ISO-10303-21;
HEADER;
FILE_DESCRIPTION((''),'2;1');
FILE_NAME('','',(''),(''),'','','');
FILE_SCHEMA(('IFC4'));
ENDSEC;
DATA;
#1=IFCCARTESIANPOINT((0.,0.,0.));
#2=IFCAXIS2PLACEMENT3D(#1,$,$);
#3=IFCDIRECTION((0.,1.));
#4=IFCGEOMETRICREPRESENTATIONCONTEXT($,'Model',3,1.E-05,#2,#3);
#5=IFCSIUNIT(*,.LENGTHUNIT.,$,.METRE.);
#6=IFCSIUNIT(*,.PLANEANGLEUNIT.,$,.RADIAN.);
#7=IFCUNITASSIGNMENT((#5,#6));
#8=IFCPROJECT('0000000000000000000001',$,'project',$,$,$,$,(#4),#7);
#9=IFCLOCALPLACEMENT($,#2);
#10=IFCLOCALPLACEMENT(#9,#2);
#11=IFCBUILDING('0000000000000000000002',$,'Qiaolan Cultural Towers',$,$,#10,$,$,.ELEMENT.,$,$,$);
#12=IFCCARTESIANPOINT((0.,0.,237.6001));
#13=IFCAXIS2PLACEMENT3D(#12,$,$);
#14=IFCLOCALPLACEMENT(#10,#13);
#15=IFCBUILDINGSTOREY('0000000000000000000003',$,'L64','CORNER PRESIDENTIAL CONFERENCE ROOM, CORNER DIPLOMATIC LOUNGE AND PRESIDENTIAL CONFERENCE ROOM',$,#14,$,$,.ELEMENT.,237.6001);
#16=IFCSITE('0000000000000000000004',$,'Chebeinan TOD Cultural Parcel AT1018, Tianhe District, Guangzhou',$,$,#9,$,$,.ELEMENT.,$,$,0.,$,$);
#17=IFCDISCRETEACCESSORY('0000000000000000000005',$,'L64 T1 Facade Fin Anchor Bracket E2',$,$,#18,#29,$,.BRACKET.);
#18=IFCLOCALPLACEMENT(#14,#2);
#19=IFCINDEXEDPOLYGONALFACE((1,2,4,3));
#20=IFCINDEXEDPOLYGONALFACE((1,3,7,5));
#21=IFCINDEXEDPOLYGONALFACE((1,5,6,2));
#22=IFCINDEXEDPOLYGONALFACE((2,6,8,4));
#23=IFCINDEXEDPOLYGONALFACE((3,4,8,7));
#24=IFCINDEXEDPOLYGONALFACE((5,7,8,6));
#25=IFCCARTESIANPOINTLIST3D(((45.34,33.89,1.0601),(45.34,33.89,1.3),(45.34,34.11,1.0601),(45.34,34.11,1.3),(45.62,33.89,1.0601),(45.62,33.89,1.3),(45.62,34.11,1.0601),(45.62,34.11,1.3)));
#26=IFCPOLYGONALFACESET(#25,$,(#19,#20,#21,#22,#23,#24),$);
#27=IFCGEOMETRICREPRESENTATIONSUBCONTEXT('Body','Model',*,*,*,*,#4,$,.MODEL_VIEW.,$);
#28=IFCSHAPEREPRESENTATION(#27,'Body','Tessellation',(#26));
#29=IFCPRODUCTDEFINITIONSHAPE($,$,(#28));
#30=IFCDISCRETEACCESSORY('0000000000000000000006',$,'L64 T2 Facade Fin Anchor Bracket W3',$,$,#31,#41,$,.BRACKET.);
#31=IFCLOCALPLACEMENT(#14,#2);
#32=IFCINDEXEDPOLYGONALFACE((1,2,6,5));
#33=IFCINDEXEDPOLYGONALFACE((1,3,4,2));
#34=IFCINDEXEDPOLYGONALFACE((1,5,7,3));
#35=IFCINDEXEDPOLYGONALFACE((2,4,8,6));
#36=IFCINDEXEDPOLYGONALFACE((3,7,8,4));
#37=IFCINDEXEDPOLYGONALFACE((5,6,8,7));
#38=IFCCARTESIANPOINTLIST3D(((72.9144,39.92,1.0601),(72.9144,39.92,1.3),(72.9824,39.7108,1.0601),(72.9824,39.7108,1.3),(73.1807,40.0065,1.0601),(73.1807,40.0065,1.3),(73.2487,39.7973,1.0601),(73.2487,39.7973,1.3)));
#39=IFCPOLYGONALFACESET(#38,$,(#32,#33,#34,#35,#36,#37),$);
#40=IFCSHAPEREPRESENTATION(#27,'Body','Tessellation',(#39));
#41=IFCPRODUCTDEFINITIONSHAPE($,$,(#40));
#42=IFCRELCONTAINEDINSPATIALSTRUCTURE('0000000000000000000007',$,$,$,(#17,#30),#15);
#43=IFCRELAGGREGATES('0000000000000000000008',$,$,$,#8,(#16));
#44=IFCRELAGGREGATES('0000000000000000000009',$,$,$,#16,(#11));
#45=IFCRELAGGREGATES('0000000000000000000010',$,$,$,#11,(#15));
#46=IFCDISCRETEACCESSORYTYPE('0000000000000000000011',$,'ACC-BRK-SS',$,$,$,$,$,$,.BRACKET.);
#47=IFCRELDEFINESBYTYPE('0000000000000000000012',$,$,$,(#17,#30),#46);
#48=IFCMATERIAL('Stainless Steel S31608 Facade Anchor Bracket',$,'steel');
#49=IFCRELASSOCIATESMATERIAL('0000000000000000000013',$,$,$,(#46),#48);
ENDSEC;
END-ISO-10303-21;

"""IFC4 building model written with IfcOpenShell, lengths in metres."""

from ifc_helpers import new_model, si_unit, direction, frame, origin, origin_2d, place, context, subcontext, project, spatial, rectangle, extrude, material, type_object, element, save


model = new_model("IFC4")

# Units and contexts
model_context = context("Model", 3, precision=1e-05, world=origin(), true_north=direction((0.0, 1.0)))
body_context = subcontext(model_context, "Body", "Model", "MODEL_VIEW")
ifc_project = project(units=[si_unit("LENGTHUNIT", "METRE"), si_unit("PLANEANGLEUNIT", "RADIAN")], contexts=[model_context])

# Site, building, storey
site_placement = place(None, origin())
site = spatial("IfcSite", under=ifc_project, at=site_placement, Name="Chebeinan TOD Cultural Parcel AT1018, Tianhe District, Guangzhou", CompositionType="ELEMENT", RefElevation=0.0)
building_placement = place(site_placement, origin())
building = spatial("IfcBuilding", under=site, at=building_placement, Name="Qiaolan Cultural Towers", CompositionType="ELEMENT")
storey_placement = place(building_placement, frame((0.0, 0.0, 237.6001)))
storey = spatial("IfcBuildingStorey", under=building, at=storey_placement, Name="L64", Description="CORNER PRESIDENTIAL CONFERENCE ROOM, CORNER DIPLOMATIC LOUNGE AND PRESIDENTIAL CONFERENCE ROOM", CompositionType="ELEMENT", Elevation=237.6001)

# Discrete accessories
ifc_material_1 = material(Name="Stainless Steel S31608 Facade Anchor Bracket", Category="steel")
discrete_accessory_type = type_object("IfcDiscreteAccessoryType", Name="ACC-BRK-SS", PredefinedType="BRACKET", material=ifc_material_1)
for number, where, z_axis, x_axis, name in (
    (1, (45.48, 34.0, 1.0601), (0.0, 0.0, 1.0), (1.0, 0.0, 0.0), "L64 T1 Facade Fin Anchor Bracket E2"),
    (2, (73.0815, 39.8586, 1.0601), (0.0, 0.0, 1.0), (0.951057, 0.309017, 0.0), "L64 T2 Facade Fin Anchor Bracket W3"),
):
    element("IfcDiscreteAccessory", number, at=place(storey_placement, frame(where, z_axis=z_axis, x_axis=x_axis)), inside=storey, type_object=discrete_accessory_type, Name=name, PredefinedType="BRACKET", context=body_context, shape_type="SweptSolid", body=[
        extrude(rectangle(XDim=0.28, YDim=0.22, at=origin_2d()), origin(), (0.0, 0.0, 1.0), 0.24),
    ])

save(model, "model.ifc")
